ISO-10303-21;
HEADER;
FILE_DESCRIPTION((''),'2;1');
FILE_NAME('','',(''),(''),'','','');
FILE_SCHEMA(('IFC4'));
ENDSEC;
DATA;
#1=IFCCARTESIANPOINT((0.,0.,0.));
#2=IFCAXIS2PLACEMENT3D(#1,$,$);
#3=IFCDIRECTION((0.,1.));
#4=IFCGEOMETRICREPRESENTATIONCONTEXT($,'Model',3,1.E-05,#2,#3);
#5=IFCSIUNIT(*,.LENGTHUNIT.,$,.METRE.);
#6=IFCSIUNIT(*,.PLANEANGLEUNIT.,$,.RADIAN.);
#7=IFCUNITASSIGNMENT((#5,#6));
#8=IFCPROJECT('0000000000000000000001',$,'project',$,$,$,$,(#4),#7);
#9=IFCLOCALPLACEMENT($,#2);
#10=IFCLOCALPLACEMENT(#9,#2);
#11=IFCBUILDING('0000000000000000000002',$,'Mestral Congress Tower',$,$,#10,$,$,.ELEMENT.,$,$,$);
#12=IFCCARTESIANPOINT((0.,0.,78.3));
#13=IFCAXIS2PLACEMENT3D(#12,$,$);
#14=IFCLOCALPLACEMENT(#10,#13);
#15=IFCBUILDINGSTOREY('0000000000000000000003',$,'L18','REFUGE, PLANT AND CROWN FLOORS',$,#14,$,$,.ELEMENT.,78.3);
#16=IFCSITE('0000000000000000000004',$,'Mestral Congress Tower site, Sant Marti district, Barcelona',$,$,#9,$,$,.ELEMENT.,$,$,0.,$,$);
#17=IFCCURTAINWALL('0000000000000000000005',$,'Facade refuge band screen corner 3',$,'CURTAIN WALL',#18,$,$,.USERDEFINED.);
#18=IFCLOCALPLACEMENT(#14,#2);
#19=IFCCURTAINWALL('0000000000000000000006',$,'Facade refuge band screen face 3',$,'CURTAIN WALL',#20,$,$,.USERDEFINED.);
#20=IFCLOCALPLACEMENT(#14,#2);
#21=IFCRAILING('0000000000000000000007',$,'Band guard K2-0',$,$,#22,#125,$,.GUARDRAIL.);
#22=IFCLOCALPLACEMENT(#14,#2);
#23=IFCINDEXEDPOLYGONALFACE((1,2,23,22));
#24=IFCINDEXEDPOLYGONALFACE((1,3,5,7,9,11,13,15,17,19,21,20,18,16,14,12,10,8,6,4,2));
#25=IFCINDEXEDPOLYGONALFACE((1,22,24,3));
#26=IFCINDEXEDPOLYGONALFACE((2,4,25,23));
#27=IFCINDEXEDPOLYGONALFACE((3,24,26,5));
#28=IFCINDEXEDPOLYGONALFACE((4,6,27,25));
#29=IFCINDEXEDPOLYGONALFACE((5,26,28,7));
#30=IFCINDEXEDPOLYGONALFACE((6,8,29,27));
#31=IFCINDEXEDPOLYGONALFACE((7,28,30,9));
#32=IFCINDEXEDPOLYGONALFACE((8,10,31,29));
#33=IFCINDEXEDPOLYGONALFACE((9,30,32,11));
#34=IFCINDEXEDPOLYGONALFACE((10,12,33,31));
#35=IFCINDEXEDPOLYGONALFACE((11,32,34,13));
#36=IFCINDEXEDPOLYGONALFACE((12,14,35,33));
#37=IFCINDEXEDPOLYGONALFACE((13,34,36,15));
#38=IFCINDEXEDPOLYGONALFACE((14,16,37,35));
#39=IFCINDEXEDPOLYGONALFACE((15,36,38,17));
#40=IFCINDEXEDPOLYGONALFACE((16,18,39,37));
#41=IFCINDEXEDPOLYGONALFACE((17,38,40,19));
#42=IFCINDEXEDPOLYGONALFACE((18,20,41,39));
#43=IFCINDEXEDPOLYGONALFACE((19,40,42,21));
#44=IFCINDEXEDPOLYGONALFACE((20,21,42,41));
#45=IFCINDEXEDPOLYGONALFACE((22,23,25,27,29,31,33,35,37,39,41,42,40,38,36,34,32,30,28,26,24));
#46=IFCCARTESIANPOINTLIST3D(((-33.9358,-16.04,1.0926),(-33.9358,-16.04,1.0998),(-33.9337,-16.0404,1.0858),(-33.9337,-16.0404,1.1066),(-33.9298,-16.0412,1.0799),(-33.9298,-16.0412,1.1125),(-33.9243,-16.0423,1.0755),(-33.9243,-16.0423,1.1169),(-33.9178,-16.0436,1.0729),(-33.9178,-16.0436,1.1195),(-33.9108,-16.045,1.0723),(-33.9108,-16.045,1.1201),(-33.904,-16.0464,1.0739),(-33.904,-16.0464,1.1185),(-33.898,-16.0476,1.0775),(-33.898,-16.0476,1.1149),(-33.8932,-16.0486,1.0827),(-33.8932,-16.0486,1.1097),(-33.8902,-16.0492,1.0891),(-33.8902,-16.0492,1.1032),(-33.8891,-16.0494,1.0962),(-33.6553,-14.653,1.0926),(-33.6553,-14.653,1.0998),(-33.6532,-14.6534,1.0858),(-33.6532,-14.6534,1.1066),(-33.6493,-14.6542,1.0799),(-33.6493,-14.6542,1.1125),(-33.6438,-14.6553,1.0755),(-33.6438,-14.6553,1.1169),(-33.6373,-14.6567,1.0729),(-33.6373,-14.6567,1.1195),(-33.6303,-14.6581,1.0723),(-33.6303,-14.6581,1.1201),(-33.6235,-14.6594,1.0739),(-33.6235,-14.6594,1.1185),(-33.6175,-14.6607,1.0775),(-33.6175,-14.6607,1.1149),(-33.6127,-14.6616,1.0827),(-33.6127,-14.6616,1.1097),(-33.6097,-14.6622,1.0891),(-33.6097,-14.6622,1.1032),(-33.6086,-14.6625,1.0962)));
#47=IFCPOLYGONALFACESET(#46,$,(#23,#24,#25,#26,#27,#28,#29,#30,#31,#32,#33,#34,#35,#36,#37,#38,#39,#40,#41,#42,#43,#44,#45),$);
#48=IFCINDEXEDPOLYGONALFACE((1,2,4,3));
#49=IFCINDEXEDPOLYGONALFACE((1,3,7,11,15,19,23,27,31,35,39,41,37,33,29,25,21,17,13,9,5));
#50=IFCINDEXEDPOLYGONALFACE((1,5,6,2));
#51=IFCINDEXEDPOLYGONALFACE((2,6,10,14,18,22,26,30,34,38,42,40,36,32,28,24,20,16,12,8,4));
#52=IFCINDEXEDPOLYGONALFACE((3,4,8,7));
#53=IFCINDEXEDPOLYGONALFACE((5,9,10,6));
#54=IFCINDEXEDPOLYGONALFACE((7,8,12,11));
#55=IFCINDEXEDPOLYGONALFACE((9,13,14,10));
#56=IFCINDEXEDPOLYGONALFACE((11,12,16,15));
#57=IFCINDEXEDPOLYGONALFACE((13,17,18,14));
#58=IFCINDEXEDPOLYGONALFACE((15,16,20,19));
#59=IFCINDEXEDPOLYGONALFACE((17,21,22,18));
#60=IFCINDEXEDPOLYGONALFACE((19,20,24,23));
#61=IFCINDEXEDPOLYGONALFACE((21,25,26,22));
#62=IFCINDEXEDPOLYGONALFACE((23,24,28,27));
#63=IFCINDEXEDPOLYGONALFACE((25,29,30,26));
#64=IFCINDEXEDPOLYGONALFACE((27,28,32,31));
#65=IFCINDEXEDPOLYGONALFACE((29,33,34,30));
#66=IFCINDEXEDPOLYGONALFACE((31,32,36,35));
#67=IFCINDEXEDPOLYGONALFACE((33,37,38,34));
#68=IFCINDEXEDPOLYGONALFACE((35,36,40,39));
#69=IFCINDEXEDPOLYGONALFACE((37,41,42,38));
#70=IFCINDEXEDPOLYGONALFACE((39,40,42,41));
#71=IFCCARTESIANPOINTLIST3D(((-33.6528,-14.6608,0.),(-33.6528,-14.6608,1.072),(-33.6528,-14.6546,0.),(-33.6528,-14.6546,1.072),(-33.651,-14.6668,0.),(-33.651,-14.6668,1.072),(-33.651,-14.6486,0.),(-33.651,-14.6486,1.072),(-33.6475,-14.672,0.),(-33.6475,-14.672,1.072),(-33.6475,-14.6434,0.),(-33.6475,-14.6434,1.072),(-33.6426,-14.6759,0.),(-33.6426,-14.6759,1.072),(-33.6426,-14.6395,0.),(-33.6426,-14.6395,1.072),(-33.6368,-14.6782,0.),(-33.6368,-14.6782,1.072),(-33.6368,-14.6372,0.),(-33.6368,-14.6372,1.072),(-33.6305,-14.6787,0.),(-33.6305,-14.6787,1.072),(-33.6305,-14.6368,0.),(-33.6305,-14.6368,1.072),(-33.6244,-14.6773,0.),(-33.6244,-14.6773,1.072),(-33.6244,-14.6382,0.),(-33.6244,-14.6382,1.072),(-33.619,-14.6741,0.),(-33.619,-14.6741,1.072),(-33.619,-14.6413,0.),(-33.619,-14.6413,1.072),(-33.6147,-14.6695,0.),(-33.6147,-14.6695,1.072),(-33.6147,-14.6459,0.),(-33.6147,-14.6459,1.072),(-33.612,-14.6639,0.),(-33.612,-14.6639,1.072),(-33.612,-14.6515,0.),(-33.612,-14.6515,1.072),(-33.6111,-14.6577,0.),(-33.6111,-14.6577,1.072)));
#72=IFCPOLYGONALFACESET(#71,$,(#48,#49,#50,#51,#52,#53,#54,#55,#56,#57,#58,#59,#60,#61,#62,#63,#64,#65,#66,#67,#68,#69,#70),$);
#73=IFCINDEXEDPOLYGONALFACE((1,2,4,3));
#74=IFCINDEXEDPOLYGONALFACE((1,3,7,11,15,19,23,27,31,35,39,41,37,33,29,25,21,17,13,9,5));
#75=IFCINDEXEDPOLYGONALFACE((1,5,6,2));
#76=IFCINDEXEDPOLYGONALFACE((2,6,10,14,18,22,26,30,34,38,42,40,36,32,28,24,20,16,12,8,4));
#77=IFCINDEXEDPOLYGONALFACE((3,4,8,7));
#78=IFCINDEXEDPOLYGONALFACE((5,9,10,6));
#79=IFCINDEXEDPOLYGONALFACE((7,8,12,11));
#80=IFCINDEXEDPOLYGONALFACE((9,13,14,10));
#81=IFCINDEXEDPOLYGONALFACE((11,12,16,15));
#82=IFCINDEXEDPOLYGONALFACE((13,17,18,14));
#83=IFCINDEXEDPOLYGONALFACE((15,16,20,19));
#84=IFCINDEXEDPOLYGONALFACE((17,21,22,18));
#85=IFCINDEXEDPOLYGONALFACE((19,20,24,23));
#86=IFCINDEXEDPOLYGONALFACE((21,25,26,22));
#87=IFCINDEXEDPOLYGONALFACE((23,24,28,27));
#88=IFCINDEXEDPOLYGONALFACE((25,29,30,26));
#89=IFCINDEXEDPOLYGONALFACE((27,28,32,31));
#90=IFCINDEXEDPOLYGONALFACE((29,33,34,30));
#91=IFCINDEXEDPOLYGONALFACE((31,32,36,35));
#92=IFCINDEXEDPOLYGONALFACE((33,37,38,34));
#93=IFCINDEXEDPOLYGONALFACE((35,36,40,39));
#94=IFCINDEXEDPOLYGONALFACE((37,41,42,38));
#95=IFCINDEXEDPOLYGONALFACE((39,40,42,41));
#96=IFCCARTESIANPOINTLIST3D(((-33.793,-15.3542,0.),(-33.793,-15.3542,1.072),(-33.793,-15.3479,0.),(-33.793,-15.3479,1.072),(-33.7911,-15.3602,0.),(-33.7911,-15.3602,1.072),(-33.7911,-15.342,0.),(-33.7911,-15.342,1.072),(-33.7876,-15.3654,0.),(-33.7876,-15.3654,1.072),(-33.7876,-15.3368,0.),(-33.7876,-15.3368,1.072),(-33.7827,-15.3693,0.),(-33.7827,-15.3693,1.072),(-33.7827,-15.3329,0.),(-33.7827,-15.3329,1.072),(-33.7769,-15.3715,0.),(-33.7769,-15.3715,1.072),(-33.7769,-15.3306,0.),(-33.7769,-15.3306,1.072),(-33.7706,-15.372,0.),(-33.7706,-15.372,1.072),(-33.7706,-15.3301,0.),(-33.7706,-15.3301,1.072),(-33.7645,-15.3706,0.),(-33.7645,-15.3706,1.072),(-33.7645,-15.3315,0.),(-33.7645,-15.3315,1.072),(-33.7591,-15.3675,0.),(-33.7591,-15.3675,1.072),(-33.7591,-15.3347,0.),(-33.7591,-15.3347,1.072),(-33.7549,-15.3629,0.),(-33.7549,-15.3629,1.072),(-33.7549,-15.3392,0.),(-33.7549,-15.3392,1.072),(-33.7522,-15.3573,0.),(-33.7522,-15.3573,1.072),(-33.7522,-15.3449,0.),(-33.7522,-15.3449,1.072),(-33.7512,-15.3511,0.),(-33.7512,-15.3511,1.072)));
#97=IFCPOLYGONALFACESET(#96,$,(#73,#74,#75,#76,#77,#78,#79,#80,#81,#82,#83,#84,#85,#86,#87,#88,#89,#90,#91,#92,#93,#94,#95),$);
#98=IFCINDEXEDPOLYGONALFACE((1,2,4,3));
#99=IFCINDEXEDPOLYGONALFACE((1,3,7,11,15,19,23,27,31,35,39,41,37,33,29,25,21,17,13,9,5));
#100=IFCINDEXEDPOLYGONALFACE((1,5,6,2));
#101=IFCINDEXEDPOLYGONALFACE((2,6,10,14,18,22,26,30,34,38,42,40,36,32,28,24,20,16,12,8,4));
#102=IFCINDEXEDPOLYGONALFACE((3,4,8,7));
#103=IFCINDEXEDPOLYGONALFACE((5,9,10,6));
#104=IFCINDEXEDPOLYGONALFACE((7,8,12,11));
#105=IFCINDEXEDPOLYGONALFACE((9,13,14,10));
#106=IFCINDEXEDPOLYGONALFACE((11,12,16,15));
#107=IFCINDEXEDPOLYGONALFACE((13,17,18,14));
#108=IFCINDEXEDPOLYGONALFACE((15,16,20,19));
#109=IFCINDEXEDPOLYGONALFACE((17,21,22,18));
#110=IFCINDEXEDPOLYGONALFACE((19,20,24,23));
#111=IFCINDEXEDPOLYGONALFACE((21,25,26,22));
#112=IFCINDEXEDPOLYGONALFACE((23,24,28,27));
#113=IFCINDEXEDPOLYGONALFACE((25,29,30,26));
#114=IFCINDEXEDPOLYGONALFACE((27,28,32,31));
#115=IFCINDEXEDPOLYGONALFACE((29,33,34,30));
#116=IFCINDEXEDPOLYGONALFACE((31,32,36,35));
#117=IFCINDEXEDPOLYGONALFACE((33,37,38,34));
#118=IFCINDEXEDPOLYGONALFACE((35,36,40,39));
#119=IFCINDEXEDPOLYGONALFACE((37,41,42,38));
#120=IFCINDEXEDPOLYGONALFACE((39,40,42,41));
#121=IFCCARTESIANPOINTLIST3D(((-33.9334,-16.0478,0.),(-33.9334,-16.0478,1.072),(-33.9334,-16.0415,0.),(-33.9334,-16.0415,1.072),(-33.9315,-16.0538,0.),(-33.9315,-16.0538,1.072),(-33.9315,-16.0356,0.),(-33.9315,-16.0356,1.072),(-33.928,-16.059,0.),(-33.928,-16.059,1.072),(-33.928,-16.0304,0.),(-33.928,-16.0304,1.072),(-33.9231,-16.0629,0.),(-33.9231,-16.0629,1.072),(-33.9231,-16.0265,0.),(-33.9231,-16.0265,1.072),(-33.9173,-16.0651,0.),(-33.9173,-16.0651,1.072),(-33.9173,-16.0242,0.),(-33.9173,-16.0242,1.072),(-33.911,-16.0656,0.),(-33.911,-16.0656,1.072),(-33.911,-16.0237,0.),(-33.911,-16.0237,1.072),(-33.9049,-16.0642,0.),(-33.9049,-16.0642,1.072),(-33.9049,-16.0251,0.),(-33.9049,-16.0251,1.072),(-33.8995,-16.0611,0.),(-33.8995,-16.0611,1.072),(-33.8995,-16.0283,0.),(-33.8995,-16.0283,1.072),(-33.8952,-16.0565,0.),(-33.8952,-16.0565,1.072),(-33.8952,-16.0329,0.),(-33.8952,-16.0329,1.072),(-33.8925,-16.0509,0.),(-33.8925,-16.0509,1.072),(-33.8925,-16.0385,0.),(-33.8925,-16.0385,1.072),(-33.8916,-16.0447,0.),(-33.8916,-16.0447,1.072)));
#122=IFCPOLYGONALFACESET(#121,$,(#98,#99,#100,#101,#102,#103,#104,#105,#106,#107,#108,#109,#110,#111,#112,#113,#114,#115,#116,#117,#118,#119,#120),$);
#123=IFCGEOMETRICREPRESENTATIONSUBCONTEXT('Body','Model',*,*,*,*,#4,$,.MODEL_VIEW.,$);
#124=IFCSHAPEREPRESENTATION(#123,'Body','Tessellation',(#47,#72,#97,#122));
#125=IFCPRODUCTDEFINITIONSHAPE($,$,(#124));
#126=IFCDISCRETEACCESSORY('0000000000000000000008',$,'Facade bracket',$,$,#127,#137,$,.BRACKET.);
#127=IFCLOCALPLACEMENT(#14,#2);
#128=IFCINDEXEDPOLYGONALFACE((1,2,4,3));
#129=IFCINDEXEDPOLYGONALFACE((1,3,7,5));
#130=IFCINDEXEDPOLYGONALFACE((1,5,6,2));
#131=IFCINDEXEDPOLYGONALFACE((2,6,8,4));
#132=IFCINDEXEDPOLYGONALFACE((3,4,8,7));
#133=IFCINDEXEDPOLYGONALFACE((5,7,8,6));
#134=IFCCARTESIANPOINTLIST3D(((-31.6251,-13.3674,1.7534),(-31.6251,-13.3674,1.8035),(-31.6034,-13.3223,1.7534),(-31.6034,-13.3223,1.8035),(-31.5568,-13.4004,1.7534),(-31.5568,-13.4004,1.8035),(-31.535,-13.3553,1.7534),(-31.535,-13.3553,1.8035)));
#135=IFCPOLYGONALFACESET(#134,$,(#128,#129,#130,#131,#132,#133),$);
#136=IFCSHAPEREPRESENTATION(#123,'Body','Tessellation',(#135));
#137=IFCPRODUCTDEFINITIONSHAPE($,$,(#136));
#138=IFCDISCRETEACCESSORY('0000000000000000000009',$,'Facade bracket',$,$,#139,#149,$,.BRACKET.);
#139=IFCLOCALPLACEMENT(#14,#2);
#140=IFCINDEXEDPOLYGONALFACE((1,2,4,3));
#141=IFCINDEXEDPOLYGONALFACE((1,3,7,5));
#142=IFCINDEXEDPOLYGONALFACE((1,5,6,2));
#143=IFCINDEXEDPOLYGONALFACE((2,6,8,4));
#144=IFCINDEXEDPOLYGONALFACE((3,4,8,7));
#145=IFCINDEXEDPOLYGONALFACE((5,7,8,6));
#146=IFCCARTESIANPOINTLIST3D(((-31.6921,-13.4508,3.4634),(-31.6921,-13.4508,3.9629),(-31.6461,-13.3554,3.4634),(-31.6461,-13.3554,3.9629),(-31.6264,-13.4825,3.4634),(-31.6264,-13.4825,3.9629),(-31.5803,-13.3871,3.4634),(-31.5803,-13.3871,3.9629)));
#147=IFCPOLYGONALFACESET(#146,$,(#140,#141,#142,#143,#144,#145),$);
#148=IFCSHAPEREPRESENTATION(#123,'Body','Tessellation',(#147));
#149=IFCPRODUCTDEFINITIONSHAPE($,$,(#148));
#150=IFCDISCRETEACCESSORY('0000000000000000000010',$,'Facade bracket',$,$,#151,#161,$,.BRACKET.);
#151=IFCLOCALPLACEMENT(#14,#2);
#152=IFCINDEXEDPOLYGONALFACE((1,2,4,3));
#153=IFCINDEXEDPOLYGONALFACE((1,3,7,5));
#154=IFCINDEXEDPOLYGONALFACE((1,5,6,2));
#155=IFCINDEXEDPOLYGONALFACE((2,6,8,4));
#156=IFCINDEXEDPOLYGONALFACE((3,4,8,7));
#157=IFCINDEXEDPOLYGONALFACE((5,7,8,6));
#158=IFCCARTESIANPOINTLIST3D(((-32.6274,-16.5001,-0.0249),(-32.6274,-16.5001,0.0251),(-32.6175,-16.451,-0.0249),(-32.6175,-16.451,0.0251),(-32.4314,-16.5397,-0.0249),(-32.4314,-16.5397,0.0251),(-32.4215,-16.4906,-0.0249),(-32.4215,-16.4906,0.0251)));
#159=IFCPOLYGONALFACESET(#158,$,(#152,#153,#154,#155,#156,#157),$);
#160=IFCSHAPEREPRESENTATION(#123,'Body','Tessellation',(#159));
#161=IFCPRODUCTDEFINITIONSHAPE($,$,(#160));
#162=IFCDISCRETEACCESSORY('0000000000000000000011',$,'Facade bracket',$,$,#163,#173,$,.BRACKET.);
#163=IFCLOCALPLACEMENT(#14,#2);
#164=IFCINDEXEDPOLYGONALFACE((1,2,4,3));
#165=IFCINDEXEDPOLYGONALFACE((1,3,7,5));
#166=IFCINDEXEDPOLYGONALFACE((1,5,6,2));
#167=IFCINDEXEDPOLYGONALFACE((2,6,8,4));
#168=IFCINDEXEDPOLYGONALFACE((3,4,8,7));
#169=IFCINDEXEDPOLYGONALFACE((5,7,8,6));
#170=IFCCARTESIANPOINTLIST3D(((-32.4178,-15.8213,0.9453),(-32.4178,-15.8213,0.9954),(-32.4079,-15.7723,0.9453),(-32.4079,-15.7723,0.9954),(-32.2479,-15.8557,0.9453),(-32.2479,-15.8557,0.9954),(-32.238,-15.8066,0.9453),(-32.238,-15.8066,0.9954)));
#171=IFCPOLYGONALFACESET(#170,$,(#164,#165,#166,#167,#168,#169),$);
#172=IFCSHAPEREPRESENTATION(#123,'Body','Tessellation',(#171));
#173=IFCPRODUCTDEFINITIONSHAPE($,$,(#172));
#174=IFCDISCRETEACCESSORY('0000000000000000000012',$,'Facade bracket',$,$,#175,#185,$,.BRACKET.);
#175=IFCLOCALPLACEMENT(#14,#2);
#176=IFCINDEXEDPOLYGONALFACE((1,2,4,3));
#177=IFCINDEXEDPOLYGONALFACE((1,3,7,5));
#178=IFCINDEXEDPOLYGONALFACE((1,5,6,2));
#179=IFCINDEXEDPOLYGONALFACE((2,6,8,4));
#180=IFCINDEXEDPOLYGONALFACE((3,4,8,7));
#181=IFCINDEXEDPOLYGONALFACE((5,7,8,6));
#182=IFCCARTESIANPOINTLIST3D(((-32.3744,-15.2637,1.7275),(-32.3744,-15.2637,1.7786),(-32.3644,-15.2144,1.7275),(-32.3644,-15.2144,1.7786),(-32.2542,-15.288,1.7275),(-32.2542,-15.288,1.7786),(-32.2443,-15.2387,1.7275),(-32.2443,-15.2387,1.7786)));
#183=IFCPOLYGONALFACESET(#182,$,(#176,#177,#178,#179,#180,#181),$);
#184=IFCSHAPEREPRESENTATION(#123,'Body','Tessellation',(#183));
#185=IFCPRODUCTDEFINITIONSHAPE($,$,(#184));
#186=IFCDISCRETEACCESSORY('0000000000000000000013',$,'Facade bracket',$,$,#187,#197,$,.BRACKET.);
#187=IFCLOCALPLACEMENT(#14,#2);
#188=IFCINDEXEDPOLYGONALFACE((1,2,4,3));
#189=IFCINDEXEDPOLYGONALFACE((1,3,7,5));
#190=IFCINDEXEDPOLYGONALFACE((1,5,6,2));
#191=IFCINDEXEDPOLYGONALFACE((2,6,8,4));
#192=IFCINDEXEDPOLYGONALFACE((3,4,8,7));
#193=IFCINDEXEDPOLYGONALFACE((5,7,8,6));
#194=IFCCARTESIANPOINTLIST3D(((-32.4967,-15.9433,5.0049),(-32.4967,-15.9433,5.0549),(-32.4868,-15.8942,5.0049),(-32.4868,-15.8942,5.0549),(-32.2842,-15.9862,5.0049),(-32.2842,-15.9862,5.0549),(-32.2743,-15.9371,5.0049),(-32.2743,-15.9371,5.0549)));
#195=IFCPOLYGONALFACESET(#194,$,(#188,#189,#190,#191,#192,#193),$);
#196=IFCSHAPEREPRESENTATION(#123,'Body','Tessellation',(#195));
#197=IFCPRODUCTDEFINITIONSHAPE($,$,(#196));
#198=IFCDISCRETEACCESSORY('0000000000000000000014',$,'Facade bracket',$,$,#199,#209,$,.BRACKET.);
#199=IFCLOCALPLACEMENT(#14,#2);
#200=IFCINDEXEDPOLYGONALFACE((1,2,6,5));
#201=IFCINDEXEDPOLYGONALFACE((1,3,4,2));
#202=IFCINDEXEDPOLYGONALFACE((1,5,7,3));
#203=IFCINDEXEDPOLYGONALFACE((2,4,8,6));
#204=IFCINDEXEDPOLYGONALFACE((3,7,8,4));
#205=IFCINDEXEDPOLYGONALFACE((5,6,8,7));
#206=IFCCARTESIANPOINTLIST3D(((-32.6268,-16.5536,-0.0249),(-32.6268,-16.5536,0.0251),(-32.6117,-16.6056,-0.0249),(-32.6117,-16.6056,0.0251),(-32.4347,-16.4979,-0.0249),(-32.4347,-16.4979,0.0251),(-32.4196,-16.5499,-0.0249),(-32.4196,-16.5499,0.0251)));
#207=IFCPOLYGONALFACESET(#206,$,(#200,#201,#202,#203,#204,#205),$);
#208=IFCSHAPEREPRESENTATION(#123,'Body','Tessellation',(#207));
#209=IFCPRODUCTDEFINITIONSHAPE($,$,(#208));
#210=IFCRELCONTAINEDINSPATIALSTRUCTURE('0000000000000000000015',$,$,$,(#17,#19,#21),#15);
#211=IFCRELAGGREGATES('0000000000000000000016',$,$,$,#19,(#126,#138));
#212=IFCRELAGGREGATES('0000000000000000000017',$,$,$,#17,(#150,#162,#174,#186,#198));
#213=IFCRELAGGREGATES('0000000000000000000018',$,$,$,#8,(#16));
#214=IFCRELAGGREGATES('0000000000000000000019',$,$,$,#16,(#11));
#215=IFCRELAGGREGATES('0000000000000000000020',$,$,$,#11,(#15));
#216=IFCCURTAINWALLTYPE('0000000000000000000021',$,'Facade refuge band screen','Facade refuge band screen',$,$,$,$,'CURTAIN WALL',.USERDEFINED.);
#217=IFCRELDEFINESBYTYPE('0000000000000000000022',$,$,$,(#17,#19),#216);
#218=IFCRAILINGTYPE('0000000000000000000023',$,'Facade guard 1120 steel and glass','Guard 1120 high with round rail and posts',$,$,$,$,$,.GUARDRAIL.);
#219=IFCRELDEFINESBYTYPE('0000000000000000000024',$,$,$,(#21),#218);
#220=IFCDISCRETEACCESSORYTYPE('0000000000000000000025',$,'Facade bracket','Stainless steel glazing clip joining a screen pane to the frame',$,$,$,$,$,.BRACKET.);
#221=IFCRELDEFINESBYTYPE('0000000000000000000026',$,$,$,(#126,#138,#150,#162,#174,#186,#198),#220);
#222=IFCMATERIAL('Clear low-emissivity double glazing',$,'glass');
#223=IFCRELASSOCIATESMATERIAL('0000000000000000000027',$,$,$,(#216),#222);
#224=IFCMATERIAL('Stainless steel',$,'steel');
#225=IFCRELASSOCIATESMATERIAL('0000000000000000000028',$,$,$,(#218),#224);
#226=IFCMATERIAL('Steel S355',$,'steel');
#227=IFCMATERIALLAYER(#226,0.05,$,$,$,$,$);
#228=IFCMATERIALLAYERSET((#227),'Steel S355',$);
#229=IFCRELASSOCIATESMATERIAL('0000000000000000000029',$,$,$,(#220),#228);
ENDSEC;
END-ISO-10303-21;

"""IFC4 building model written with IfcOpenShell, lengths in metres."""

from ifc_helpers import new_model, si_unit, direction, frame, origin, origin_2d, place, context, subcontext, project, spatial, rectangle, circle, extrude, material, layer, layer_set, type_object, element, aggregate, save


model = new_model("IFC4")

# Units and contexts
model_context = context("Model", 3, precision=1e-05, world=origin(), true_north=direction((0.0, 1.0)))
body_context = subcontext(model_context, "Body", "Model", "MODEL_VIEW")
ifc_project = project(units=[si_unit("LENGTHUNIT", "METRE"), si_unit("PLANEANGLEUNIT", "RADIAN")], contexts=[model_context])

# Site, building, storey
site_placement = place(None, origin())
site = spatial("IfcSite", under=ifc_project, at=site_placement, Name="Mestral Congress Tower site, Sant Marti district, Barcelona", CompositionType="ELEMENT", RefElevation=0.0)
building_placement = place(site_placement, origin())
building = spatial("IfcBuilding", under=site, at=building_placement, Name="Mestral Congress Tower", CompositionType="ELEMENT")
storey_placement = place(building_placement, frame((0.0, 0.0, 78.3)))
storey = spatial("IfcBuildingStorey", under=building, at=storey_placement, Name="L18", Description="REFUGE, PLANT AND CROWN FLOORS", CompositionType="ELEMENT", Elevation=78.3)

# Shared definitions
ifc_material_1 = material(Name="Steel S355", Category="steel")

# Curtain wall
ifc_material_2 = material(Name="Clear low-emissivity double glazing", Category="glass")
curtain_wall_type = type_object("IfcCurtainWallType", Name="Facade refuge band screen", Description="Facade refuge band screen", ElementType="CURTAIN WALL", PredefinedType="USERDEFINED", material=ifc_material_2)
placement = place(storey_placement, origin())
curtain_wall_1 = element("IfcCurtainWall", 1, at=placement, inside=storey, type_object=curtain_wall_type, Name="Facade refuge band screen corner 3", ObjectType="CURTAIN WALL", PredefinedType="USERDEFINED")

# Curtain wall
curtain_wall_2 = element("IfcCurtainWall", 2, at=placement, inside=storey, type_object=curtain_wall_type, Name="Facade refuge band screen face 3", ObjectType="CURTAIN WALL", PredefinedType="USERDEFINED")

# Railing
ifc_material_3 = material(Name="Stainless steel", Category="steel")
railing_type = type_object("IfcRailingType", Name="Facade guard 1120 steel and glass", Description="Guard 1120 high with round rail and posts", PredefinedType="GUARDRAIL", material=ifc_material_3)
railing_placement = place(storey_placement, frame((-33.6321, -14.6577, 0.0)))
element("IfcRailing", 3, at=railing_placement, inside=storey, type_object=railing_type, Name="Band guard K2-0", PredefinedType="GUARDRAIL", context=body_context, shape_type="SweptSolid", body=[
    extrude(circle(Radius=0.0239, at=origin_2d()), frame((0.0, 0.0, 1.0962), z_axis=(-0.198239, -0.980154, 0.0), x_axis=(0.980154, -0.198239, 0.0)), (0.0, 0.0, 1.0), 1.415),
    extrude(circle(Radius=0.021, at=origin_2d()), origin(), (0.0, 0.0, 1.0), 1.072),
    extrude(circle(Radius=0.021, at=origin_2d()), frame((-0.1401, -0.6934, 0.0)), (0.0, 0.0, 1.0), 1.072),
    extrude(circle(Radius=0.021, at=origin_2d()), frame((-0.2805, -1.387, 0.0)), (0.0, 0.0, 1.0), 1.072),
])

# Discrete accessories
ifc_layer_1 = layer(ifc_material_1, 0.05)
ifc_layer_set_1 = layer_set([ifc_layer_1], Name="Steel S355")
discrete_accessory_type = type_object("IfcDiscreteAccessoryType", Name="Facade bracket", Description="Stainless steel glazing clip joining a screen pane to the frame", PredefinedType="BRACKET", material=ifc_layer_set_1)
discrete_accessory_1_placement = place(storey_placement, frame((-31.5801, -13.3613, 1.7534), z_axis=(0.0, 0.0, 1.0), x_axis=(-0.434662, -0.900594, 0.0)))
discrete_accessory_1 = element("IfcDiscreteAccessory", 4, at=discrete_accessory_1_placement, type_object=discrete_accessory_type, Name="Facade bracket", PredefinedType="BRACKET", context=body_context, shape_type="SweptSolid", body=[
    extrude(rectangle(XDim=0.05, YDim=0.0759, at=origin_2d()), origin(), (0.0, 0.0, 1.0), 0.05),
])
discrete_accessory_2_placement = place(storey_placement, frame((-31.6362, -13.4189, 3.4634), z_axis=(0.0, 0.0, 1.0), x_axis=(-0.43473, -0.900561, 0.0)))
discrete_accessory_2 = element("IfcDiscreteAccessory", 5, at=discrete_accessory_2_placement, type_object=discrete_accessory_type, Name="Facade bracket", PredefinedType="BRACKET", context=body_context, shape_type="SweptSolid", body=[
    extrude(rectangle(XDim=0.106, YDim=0.073, at=origin_2d()), origin(), (0.0, 0.0, 1.0), 0.4995),
])
aggregate(curtain_wall_2, [discrete_accessory_1, discrete_accessory_2])
discrete_accessory_3_placement = place(storey_placement, frame((-32.5244, -16.4954, -0.0249), z_axis=(0.0, 0.0, 1.0), x_axis=(-0.198116, -0.980179, 0.0)))
discrete_accessory_3 = element("IfcDiscreteAccessory", 6, at=discrete_accessory_3_placement, type_object=discrete_accessory_type, Name="Facade bracket", PredefinedType="BRACKET", context=body_context, shape_type="SweptSolid", body=[
    extrude(rectangle(XDim=0.05, YDim=0.2, at=origin_2d()), origin(), (0.0, 0.0, 1.0), 0.05),
])
discrete_accessory_4_placement = place(storey_placement, frame((-32.3279, -15.814, 0.9453), z_axis=(0.0, 0.0, 1.0), x_axis=(-0.198164, -0.980169, 0.0)))
discrete_accessory_4 = element("IfcDiscreteAccessory", 7, at=discrete_accessory_4_placement, type_object=discrete_accessory_type, Name="Facade bracket", PredefinedType="BRACKET", context=body_context, shape_type="SweptSolid", body=[
    extrude(rectangle(XDim=0.05, YDim=0.1733, at=origin_2d()), origin(), (0.0, 0.0, 1.0), 0.05),
])
discrete_accessory_5_placement = place(storey_placement, frame((-32.3093, -15.2512, 1.7275), z_axis=(0.0, 0.0, 1.0), x_axis=(-0.19797, -0.980208, 0.0)))
discrete_accessory_5 = element("IfcDiscreteAccessory", 8, at=discrete_accessory_5_placement, type_object=discrete_accessory_type, Name="Facade bracket", PredefinedType="BRACKET", context=body_context, shape_type="SweptSolid", body=[
    extrude(rectangle(XDim=0.0503, YDim=0.1226, at=origin_2d()), origin(), (0.0, 0.0, 1.0), 0.051),
])
discrete_accessory_6_placement = place(storey_placement, frame((-32.3855, -15.9402, 5.0049), z_axis=(0.0, 0.0, 1.0), x_axis=(-0.197991, -0.980204, 0.0)))
discrete_accessory_6 = element("IfcDiscreteAccessory", 9, at=discrete_accessory_6_placement, type_object=discrete_accessory_type, Name="Facade bracket", PredefinedType="BRACKET", context=body_context, shape_type="SweptSolid", body=[
    extrude(rectangle(XDim=0.05, YDim=0.2168, at=origin_2d()), origin(), (0.0, 0.0, 1.0), 0.05),
])
discrete_accessory_7_placement = place(storey_placement, frame((-32.5232, -16.5518, -0.0249), z_axis=(0.0, 0.0, 1.0), x_axis=(0.278708, -0.960376, 0.0)))
discrete_accessory_7 = element("IfcDiscreteAccessory", 10, at=discrete_accessory_7_placement, type_object=discrete_accessory_type, Name="Facade bracket", PredefinedType="BRACKET", context=body_context, shape_type="SweptSolid", body=[
    extrude(rectangle(XDim=0.0542, YDim=0.2, at=origin_2d()), origin(), (0.0, 0.0, 1.0), 0.05),
])
aggregate(curtain_wall_1, [discrete_accessory_3, discrete_accessory_4, discrete_accessory_5, discrete_accessory_6, discrete_accessory_7])

save(model, "model.ifc")
